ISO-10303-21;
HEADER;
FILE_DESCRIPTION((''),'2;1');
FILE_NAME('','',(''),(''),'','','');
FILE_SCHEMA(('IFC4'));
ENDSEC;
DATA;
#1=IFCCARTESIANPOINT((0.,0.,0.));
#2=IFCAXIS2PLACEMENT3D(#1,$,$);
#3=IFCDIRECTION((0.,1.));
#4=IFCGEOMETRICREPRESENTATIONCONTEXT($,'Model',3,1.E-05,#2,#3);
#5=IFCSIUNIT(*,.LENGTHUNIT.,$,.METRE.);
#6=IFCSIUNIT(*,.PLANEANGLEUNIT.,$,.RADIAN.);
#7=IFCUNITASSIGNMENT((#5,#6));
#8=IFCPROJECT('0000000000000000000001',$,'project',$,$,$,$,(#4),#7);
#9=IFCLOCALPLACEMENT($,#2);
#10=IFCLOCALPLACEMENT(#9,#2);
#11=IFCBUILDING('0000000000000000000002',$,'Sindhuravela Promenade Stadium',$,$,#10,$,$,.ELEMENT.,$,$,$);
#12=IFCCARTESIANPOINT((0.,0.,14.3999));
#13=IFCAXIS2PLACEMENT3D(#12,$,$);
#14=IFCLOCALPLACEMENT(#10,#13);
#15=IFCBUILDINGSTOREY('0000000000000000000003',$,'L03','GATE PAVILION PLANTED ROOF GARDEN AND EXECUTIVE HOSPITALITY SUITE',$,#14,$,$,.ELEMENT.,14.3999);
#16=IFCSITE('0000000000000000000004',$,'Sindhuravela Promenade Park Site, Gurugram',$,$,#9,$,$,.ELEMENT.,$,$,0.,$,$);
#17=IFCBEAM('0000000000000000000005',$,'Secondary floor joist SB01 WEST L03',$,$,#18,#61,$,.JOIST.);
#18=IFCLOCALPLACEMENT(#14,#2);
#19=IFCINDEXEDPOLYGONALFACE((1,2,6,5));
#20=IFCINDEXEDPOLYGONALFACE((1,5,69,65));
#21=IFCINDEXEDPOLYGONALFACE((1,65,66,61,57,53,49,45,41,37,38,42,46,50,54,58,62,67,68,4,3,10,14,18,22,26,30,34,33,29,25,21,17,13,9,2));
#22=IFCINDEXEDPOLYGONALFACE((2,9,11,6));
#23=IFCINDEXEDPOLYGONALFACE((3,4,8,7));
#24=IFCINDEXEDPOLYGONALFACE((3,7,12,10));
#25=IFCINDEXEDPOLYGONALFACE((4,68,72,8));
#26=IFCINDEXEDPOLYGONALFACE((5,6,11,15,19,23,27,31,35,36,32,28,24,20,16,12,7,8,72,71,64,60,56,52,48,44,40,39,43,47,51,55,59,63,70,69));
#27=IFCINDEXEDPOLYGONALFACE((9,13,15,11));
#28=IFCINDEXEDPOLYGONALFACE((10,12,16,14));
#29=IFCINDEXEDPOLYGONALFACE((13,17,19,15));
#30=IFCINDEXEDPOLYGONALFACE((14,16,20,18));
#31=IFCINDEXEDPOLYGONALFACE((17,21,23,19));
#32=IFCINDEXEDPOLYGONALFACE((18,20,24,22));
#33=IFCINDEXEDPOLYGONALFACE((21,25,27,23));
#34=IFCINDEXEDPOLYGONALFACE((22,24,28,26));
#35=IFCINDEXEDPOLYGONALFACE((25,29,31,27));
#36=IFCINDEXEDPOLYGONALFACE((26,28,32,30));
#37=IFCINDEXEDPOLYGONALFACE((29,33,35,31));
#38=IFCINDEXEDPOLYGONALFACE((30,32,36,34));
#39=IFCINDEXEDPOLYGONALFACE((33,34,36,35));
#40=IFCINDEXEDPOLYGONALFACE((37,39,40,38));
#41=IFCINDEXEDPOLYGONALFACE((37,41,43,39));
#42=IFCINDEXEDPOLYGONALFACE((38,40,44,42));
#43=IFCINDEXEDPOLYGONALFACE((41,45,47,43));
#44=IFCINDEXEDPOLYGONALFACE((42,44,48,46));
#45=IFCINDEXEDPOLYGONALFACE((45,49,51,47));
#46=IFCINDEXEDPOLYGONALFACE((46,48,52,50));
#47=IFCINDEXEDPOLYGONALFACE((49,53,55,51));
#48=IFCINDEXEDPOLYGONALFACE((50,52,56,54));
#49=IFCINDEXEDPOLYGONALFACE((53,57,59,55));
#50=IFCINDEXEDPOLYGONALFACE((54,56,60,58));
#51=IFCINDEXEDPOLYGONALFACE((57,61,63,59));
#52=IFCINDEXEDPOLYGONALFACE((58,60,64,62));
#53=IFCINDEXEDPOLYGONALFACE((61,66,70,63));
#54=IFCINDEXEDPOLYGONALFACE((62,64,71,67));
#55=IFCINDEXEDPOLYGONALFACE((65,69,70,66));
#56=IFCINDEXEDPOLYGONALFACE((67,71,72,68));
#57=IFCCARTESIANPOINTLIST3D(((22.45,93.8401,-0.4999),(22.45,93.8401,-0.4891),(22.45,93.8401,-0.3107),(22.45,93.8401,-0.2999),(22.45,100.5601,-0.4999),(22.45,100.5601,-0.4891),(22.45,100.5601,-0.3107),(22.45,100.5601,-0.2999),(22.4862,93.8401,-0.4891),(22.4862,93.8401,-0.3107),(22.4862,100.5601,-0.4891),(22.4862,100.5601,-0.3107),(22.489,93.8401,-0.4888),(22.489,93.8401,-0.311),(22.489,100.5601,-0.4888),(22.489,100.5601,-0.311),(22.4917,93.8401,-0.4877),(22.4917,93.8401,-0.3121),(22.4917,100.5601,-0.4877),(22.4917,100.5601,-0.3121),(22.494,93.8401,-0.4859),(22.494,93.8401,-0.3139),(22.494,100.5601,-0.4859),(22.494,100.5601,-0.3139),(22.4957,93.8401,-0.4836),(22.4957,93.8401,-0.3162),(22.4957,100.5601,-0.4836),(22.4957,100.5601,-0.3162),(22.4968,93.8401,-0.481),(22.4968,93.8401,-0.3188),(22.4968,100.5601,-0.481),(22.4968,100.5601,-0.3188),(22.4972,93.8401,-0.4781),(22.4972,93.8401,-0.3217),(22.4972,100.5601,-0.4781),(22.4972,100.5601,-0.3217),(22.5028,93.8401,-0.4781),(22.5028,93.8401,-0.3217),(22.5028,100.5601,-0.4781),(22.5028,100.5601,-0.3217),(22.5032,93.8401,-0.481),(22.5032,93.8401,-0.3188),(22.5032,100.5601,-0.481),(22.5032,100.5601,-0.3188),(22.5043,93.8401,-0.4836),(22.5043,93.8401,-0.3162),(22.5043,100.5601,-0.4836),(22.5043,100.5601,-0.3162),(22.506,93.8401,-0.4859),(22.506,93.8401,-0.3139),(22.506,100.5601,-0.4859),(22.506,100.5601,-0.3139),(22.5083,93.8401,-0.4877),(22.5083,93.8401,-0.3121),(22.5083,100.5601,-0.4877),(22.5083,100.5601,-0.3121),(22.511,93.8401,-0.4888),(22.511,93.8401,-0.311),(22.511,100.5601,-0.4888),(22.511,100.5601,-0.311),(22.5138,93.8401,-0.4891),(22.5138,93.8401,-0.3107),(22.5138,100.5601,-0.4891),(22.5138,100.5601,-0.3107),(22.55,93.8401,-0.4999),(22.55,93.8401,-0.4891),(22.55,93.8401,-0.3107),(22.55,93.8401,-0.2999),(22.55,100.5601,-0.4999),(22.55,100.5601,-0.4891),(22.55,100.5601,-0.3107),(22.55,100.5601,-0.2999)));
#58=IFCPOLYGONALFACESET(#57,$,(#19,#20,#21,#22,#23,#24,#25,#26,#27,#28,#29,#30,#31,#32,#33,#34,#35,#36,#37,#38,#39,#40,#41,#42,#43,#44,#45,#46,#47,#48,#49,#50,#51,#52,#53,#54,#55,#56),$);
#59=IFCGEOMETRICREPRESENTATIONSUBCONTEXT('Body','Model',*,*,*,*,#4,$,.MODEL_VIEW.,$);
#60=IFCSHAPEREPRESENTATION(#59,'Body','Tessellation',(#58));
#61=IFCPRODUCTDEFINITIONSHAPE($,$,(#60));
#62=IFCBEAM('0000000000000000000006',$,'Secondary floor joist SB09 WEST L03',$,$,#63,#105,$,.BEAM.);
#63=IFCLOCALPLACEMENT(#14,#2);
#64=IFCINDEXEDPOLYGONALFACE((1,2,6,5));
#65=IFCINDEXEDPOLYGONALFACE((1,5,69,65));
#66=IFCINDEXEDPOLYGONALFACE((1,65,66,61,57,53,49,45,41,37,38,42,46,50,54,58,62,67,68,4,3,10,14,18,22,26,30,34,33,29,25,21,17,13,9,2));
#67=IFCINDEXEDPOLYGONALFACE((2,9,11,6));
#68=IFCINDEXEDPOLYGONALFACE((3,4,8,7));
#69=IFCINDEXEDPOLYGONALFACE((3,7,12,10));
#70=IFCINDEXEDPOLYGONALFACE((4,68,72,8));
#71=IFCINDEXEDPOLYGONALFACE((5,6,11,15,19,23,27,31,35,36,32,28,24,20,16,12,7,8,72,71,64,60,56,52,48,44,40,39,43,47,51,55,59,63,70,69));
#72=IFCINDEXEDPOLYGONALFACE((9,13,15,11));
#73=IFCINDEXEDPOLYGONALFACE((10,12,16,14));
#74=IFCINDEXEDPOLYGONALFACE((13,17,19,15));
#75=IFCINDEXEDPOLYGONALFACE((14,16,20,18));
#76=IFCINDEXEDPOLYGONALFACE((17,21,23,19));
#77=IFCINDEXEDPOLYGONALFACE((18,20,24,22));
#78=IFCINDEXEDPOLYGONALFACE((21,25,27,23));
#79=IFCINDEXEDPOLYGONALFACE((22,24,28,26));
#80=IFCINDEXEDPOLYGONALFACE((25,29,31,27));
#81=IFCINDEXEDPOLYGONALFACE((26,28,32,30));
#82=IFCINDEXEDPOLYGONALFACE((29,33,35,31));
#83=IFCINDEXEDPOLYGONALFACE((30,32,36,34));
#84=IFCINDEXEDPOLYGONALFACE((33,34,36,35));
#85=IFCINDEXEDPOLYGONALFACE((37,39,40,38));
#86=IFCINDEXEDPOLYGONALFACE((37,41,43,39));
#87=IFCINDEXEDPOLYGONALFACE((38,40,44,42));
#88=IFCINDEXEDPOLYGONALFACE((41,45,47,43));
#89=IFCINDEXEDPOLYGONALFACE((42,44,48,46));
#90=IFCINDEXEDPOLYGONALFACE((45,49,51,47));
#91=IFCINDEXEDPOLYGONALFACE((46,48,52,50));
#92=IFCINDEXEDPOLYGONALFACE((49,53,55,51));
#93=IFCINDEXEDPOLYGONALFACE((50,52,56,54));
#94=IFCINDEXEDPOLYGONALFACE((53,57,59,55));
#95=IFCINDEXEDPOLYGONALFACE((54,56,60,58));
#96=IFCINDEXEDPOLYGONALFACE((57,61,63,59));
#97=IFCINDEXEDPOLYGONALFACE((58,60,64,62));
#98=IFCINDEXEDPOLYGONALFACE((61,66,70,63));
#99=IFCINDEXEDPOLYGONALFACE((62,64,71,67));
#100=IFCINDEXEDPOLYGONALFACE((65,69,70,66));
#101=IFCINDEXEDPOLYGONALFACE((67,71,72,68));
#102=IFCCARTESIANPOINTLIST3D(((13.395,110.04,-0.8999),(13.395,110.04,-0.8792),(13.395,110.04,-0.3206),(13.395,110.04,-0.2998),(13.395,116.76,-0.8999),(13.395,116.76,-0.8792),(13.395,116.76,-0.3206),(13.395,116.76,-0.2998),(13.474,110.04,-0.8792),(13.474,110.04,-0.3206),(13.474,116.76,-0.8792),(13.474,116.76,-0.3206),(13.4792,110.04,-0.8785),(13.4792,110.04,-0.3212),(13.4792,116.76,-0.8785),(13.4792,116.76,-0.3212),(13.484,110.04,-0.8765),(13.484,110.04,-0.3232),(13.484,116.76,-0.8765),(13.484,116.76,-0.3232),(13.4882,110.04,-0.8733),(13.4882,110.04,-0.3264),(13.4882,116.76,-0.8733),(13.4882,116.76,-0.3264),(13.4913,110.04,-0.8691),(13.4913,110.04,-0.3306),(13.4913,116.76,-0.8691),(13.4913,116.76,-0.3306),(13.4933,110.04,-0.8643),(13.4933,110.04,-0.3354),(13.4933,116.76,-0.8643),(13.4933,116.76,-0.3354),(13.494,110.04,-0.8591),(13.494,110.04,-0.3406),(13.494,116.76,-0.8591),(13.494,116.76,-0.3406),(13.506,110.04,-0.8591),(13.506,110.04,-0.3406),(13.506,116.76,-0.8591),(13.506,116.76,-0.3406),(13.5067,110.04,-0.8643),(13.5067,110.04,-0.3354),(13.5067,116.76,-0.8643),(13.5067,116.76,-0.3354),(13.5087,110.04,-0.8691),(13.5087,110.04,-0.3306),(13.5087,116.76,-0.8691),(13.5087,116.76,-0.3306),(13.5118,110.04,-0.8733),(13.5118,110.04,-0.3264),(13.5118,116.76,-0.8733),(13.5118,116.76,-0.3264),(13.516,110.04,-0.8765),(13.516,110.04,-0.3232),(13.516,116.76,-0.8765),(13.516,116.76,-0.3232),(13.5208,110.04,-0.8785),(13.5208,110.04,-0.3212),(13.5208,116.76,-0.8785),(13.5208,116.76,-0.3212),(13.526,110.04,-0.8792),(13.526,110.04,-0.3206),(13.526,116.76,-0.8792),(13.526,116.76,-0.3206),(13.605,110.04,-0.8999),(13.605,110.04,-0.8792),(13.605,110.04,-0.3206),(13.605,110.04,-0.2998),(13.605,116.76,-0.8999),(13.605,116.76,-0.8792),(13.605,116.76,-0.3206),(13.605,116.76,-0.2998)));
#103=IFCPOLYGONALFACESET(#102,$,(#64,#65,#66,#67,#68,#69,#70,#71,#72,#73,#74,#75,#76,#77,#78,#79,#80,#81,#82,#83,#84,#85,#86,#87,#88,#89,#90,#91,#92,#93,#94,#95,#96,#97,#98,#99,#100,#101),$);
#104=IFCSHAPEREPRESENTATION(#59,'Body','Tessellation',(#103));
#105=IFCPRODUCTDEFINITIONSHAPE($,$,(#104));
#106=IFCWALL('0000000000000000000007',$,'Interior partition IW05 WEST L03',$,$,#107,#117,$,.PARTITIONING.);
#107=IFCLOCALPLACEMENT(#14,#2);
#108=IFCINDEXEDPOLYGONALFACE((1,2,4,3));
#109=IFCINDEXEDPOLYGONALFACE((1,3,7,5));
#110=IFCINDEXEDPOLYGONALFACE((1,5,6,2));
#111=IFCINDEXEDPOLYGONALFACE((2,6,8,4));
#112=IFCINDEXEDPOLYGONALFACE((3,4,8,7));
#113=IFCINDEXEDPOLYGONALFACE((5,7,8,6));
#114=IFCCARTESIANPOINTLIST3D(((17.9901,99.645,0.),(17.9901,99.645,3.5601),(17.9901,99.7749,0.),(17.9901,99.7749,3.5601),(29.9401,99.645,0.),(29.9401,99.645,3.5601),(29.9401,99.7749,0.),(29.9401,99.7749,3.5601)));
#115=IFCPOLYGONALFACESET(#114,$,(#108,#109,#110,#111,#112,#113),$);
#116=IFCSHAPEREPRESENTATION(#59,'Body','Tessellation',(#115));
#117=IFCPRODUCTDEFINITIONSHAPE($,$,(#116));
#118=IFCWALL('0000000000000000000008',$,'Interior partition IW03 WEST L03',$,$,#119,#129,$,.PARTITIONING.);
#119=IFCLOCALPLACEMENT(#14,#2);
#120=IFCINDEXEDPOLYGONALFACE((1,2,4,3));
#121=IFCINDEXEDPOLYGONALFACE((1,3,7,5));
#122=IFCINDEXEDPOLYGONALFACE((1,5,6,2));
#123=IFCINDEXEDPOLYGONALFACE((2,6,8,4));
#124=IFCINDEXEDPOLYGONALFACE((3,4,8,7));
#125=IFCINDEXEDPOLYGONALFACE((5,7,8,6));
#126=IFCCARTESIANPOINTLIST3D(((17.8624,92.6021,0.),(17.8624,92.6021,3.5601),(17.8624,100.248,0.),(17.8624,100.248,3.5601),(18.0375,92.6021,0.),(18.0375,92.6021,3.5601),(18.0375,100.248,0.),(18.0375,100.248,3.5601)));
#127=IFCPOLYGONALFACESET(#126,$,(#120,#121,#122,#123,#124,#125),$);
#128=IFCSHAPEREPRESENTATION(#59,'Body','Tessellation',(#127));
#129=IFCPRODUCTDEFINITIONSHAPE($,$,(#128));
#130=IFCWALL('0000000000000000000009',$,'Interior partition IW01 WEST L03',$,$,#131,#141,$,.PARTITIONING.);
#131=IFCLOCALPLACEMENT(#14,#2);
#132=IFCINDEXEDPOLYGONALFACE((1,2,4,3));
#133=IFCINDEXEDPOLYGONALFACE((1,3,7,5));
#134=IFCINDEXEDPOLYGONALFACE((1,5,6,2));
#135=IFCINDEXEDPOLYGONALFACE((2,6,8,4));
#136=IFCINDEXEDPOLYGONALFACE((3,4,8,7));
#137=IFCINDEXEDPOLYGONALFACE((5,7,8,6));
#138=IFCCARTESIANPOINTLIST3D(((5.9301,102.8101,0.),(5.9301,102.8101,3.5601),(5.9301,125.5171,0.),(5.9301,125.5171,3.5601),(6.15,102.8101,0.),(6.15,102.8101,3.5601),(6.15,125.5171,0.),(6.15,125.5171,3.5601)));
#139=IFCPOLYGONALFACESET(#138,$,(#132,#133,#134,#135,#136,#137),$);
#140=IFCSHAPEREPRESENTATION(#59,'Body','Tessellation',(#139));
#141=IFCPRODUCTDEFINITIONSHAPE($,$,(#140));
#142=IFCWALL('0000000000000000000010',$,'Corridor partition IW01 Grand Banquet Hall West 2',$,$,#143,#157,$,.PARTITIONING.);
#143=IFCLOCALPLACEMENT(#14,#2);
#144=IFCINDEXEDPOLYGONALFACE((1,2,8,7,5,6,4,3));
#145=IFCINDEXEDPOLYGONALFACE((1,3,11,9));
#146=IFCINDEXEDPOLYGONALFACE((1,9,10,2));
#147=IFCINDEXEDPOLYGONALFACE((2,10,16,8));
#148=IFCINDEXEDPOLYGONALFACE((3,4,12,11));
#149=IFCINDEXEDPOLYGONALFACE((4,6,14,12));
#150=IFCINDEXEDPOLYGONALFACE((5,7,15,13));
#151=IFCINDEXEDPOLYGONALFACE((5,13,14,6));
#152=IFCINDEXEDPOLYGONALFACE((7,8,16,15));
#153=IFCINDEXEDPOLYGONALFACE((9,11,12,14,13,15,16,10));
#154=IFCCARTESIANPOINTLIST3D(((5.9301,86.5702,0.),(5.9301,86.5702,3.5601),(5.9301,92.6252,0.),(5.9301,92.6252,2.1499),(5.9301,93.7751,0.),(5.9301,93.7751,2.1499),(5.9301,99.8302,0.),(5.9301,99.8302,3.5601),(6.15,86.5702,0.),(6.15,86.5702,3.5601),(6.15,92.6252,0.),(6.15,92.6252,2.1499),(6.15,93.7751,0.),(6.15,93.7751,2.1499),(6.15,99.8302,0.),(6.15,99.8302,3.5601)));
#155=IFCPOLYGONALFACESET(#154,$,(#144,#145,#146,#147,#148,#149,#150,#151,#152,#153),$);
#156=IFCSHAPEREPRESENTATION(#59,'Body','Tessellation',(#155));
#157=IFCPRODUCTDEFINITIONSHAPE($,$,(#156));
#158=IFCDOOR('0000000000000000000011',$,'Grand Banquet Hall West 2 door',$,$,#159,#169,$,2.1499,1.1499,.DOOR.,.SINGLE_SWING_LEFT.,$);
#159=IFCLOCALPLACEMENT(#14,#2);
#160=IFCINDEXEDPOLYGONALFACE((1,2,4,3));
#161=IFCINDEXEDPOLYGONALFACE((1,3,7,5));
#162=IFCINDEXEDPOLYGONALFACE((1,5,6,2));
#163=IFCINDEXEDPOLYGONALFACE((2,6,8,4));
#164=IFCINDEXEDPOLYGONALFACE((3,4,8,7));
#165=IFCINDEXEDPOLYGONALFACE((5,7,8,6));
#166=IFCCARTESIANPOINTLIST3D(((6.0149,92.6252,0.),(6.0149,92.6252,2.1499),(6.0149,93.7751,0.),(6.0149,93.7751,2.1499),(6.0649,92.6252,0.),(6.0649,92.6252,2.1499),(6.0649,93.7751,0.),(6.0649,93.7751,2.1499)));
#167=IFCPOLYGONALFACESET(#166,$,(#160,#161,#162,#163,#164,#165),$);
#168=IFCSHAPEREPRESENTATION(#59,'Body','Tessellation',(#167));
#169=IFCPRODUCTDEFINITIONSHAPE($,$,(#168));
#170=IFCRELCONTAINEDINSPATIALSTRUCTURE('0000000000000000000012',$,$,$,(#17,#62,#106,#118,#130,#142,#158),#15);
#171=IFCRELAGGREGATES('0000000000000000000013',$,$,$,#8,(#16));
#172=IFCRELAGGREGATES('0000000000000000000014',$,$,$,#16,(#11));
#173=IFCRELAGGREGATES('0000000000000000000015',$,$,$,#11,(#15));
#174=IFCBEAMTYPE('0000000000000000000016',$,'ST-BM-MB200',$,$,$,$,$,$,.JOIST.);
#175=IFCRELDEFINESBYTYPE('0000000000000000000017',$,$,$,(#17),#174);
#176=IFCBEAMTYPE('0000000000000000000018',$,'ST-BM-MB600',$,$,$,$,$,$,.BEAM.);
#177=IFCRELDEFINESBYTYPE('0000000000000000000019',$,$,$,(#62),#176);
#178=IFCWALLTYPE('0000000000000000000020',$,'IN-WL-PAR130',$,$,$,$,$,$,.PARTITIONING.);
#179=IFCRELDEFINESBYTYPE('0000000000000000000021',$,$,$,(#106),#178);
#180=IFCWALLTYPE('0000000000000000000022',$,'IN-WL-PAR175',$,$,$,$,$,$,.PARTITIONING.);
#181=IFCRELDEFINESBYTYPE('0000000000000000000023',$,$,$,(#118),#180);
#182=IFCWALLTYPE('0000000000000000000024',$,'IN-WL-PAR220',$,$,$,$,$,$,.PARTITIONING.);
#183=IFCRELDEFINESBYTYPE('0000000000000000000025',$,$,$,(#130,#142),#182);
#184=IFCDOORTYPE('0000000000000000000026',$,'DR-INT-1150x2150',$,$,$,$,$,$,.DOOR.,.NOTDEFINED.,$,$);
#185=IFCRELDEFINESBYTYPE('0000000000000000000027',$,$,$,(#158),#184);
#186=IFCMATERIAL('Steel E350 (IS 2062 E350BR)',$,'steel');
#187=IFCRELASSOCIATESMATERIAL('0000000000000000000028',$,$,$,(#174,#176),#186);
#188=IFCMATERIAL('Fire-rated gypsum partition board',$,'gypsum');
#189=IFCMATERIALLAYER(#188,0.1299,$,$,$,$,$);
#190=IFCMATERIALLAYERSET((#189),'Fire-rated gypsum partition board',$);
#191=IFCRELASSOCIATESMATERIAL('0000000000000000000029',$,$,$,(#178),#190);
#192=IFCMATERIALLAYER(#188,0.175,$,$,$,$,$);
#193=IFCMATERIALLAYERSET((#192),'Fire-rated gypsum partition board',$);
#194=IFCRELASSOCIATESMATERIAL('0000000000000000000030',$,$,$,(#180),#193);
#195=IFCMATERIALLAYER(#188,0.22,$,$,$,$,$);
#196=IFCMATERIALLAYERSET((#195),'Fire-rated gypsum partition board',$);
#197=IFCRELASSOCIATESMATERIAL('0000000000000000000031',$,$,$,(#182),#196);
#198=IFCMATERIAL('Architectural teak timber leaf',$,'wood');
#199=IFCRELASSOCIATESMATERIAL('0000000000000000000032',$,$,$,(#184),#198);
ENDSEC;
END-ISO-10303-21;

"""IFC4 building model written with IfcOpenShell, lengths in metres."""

from ifc_helpers import new_model, si_unit, direction, frame, frame_2d, origin, origin_2d, place, context, subcontext, project, spatial, rectangle, i_section, extrude, material, layer, layer_set, material_profile, profile_set, type_object, element, fill, save


model = new_model("IFC4")

# Units and contexts
model_context = context("Model", 3, precision=1e-05, world=origin(), true_north=direction((0.0, 1.0)))
body_context = subcontext(model_context, "Body", "Model", "MODEL_VIEW")
ifc_project = project(units=[si_unit("LENGTHUNIT", "METRE"), si_unit("PLANEANGLEUNIT", "RADIAN")], contexts=[model_context])

# Site, building, storey
site_placement = place(None, origin())
site = spatial("IfcSite", under=ifc_project, at=site_placement, Name="Sindhuravela Promenade Park Site, Gurugram", CompositionType="ELEMENT", RefElevation=0.0)
building_placement = place(site_placement, origin())
building = spatial("IfcBuilding", under=site, at=building_placement, Name="Sindhuravela Promenade Stadium", CompositionType="ELEMENT")
storey_placement = place(building_placement, frame((0.0, 0.0, 14.3999)))
storey = spatial("IfcBuildingStorey", under=building, at=storey_placement, Name="L03", Description="GATE PAVILION PLANTED ROOF GARDEN AND EXECUTIVE HOSPITALITY SUITE", CompositionType="ELEMENT", Elevation=14.3999)

# Beams
ifc_material_1 = material(Name="Steel E350 (IS 2062 E350BR)", Category="steel")
ifc_material_profile_1 = material_profile(ifc_material_1, i_section(OverallWidth=0.1001, OverallDepth=0.2, WebThickness=0.0056, FlangeThickness=0.0107, FilletRadius=0.011, at=origin_2d()), Name="ISMB 200")
ifc_profile_set_1 = profile_set([ifc_material_profile_1], Name="Steel E350 (IS 2062 E350BR)")
beam_type_1 = type_object("IfcBeamType", Name="ST-BM-MB200", PredefinedType="JOIST", material=ifc_profile_set_1)
beam_1_placement = place(storey_placement, frame((22.5, 93.8401, -0.3999), z_axis=(0.0, 1.0, 0.0), x_axis=(-1.0, 0.0, 0.0)))
element("IfcBeam", 1, at=beam_1_placement, inside=storey, type_object=beam_type_1, Name="Secondary floor joist SB01 WEST L03", PredefinedType="JOIST", context=body_context, shape_type="SweptSolid", body=[
    extrude(i_section(OverallWidth=0.1001, OverallDepth=0.2, WebThickness=0.0056, FlangeThickness=0.0107, FilletRadius=0.011, at=origin_2d()), origin(), (0.0, 0.0, 1.0), 6.72),
])
ifc_material_profile_2 = material_profile(ifc_material_1, i_section(OverallWidth=0.21, OverallDepth=0.6001, WebThickness=0.012, FlangeThickness=0.0208, FilletRadius=0.02, at=origin_2d()), Name="ISMB 600")
ifc_profile_set_2 = profile_set([ifc_material_profile_2], Name="Steel E350 (IS 2062 E350BR)")
beam_type_2 = type_object("IfcBeamType", Name="ST-BM-MB600", PredefinedType="BEAM", material=ifc_profile_set_2)
beam_2_placement = place(storey_placement, frame((13.5, 110.04, -0.5999), z_axis=(0.0, 1.0, 0.0), x_axis=(-1.0, 0.0, 0.0)))
element("IfcBeam", 2, at=beam_2_placement, inside=storey, type_object=beam_type_2, Name="Secondary floor joist SB09 WEST L03", PredefinedType="BEAM", context=body_context, shape_type="SweptSolid", body=[
    extrude(i_section(OverallWidth=0.21, OverallDepth=0.6001, WebThickness=0.012, FlangeThickness=0.0208, FilletRadius=0.02, at=origin_2d()), origin(), (0.0, 0.0, 1.0), 6.72),
])

# Walls
ifc_material_2 = material(Name="Fire-rated gypsum partition board", Category="gypsum")
ifc_layer_1 = layer(ifc_material_2, 0.1299)
ifc_layer_set_1 = layer_set([ifc_layer_1], Name="Fire-rated gypsum partition board")
wall_type_1 = type_object("IfcWallType", Name="IN-WL-PAR130", PredefinedType="PARTITIONING", material=ifc_layer_set_1)
wall_1_placement = place(storey_placement, frame((17.99, 99.71, 0.0), z_axis=(0.0, 0.0, 1.0), x_axis=(1.0, 0.0, 0.0)))
element("IfcWall", 3, at=wall_1_placement, inside=storey, type_object=wall_type_1, Name="Interior partition IW05 WEST L03", PredefinedType="PARTITIONING", context=body_context, shape_type="SweptSolid", body=[
    extrude(rectangle(XDim=11.95, YDim=0.1299, at=frame_2d((5.9751, 0.0))), origin(), (0.0, 0.0, 1.0), 3.5601),
])
ifc_layer_2 = layer(ifc_material_2, 0.175)
ifc_layer_set_2 = layer_set([ifc_layer_2], Name="Fire-rated gypsum partition board")
wall_type_2 = type_object("IfcWallType", Name="IN-WL-PAR175", PredefinedType="PARTITIONING", material=ifc_layer_set_2)
wall_2_placement = place(storey_placement, frame((17.95, 100.248, 0.0), z_axis=(0.0, 0.0, 1.0), x_axis=(0.0, -1.0, 0.0)))
element("IfcWall", 4, at=wall_2_placement, inside=storey, type_object=wall_type_2, Name="Interior partition IW03 WEST L03", PredefinedType="PARTITIONING", context=body_context, shape_type="SweptSolid", body=[
    extrude(rectangle(XDim=7.646, YDim=0.175, at=frame_2d((3.823, 0.0))), origin(), (0.0, 0.0, 1.0), 3.5601),
])
ifc_layer_3 = layer(ifc_material_2, 0.22)
ifc_layer_set_3 = layer_set([ifc_layer_3], Name="Fire-rated gypsum partition board")
wall_type_3 = type_object("IfcWallType", Name="IN-WL-PAR220", PredefinedType="PARTITIONING", material=ifc_layer_set_3)
wall_3_placement = place(storey_placement, frame((6.04, 102.8101, 0.0), z_axis=(0.0, 0.0, 1.0), x_axis=(0.0, 1.0, 0.0)))
element("IfcWall", 5, at=wall_3_placement, inside=storey, type_object=wall_type_3, Name="Interior partition IW01 WEST L03", PredefinedType="PARTITIONING", context=body_context, shape_type="SweptSolid", body=[
    extrude(rectangle(XDim=22.707, YDim=0.22, at=frame_2d((11.3535, 0.0))), origin(), (0.0, 0.0, 1.0), 3.5601),
])

# Wall, opening, door
wall_4_placement = place(storey_placement, frame((6.04, 99.8301, 0.0), z_axis=(0.0, 0.0, 1.0), x_axis=(0.0, -1.0, 0.0)))
wall_4 = element("IfcWall", 6, at=wall_4_placement, inside=storey, type_object=wall_type_3, Name="Corridor partition IW01 Grand Banquet Hall West 2", PredefinedType="PARTITIONING", context=body_context, shape_type="SweptSolid", body=[
    extrude(rectangle(XDim=13.26, YDim=0.22, at=frame_2d((6.6299, 0.0))), origin(), (0.0, 0.0, 1.0), 3.5601),
])
opening_1_placement = place(wall_4_placement, frame((6.0549, 0.0, 0.0)))
opening_1 = element("IfcOpeningElement", 7, at=opening_1_placement, cuts=wall_4, PredefinedType="OPENING", context=body_context, shape_type="SweptSolid", body=[
    extrude(rectangle(XDim=1.1499, YDim=2.1499, at=frame_2d((0.575, 1.075))), frame((0.0, 0.1199, 0.0), z_axis=(0.0, -1.0, 0.0), x_axis=(1.0, 0.0, 0.0)), (0.0, 0.0, 1.0), 0.24),
])
ifc_material_3 = material(Name="Architectural teak timber leaf", Category="wood")
door_type_1 = type_object("IfcDoorType", Name="DR-INT-1150x2150", OperationType="NOTDEFINED", PredefinedType="DOOR", material=ifc_material_3)
door_1_placement = place(opening_1_placement, origin())
door_1 = element("IfcDoor", 8, at=door_1_placement, inside=storey, type_object=door_type_1, Name="Grand Banquet Hall West 2 door", OperationType="SINGLE_SWING_LEFT", OverallHeight=2.1499, OverallWidth=1.1499, PredefinedType="DOOR", context=body_context, shape_type="SweptSolid", body=[
    extrude(rectangle(XDim=1.1499, YDim=2.1499, at=frame_2d((0.575, 1.075))), frame((0.0, 0.0249, 0.0), z_axis=(0.0, -1.0, 0.0), x_axis=(1.0, 0.0, 0.0)), (0.0, 0.0, 1.0), 0.05),
])
fill(opening_1, door_1)

save(model, "model.ifc")
